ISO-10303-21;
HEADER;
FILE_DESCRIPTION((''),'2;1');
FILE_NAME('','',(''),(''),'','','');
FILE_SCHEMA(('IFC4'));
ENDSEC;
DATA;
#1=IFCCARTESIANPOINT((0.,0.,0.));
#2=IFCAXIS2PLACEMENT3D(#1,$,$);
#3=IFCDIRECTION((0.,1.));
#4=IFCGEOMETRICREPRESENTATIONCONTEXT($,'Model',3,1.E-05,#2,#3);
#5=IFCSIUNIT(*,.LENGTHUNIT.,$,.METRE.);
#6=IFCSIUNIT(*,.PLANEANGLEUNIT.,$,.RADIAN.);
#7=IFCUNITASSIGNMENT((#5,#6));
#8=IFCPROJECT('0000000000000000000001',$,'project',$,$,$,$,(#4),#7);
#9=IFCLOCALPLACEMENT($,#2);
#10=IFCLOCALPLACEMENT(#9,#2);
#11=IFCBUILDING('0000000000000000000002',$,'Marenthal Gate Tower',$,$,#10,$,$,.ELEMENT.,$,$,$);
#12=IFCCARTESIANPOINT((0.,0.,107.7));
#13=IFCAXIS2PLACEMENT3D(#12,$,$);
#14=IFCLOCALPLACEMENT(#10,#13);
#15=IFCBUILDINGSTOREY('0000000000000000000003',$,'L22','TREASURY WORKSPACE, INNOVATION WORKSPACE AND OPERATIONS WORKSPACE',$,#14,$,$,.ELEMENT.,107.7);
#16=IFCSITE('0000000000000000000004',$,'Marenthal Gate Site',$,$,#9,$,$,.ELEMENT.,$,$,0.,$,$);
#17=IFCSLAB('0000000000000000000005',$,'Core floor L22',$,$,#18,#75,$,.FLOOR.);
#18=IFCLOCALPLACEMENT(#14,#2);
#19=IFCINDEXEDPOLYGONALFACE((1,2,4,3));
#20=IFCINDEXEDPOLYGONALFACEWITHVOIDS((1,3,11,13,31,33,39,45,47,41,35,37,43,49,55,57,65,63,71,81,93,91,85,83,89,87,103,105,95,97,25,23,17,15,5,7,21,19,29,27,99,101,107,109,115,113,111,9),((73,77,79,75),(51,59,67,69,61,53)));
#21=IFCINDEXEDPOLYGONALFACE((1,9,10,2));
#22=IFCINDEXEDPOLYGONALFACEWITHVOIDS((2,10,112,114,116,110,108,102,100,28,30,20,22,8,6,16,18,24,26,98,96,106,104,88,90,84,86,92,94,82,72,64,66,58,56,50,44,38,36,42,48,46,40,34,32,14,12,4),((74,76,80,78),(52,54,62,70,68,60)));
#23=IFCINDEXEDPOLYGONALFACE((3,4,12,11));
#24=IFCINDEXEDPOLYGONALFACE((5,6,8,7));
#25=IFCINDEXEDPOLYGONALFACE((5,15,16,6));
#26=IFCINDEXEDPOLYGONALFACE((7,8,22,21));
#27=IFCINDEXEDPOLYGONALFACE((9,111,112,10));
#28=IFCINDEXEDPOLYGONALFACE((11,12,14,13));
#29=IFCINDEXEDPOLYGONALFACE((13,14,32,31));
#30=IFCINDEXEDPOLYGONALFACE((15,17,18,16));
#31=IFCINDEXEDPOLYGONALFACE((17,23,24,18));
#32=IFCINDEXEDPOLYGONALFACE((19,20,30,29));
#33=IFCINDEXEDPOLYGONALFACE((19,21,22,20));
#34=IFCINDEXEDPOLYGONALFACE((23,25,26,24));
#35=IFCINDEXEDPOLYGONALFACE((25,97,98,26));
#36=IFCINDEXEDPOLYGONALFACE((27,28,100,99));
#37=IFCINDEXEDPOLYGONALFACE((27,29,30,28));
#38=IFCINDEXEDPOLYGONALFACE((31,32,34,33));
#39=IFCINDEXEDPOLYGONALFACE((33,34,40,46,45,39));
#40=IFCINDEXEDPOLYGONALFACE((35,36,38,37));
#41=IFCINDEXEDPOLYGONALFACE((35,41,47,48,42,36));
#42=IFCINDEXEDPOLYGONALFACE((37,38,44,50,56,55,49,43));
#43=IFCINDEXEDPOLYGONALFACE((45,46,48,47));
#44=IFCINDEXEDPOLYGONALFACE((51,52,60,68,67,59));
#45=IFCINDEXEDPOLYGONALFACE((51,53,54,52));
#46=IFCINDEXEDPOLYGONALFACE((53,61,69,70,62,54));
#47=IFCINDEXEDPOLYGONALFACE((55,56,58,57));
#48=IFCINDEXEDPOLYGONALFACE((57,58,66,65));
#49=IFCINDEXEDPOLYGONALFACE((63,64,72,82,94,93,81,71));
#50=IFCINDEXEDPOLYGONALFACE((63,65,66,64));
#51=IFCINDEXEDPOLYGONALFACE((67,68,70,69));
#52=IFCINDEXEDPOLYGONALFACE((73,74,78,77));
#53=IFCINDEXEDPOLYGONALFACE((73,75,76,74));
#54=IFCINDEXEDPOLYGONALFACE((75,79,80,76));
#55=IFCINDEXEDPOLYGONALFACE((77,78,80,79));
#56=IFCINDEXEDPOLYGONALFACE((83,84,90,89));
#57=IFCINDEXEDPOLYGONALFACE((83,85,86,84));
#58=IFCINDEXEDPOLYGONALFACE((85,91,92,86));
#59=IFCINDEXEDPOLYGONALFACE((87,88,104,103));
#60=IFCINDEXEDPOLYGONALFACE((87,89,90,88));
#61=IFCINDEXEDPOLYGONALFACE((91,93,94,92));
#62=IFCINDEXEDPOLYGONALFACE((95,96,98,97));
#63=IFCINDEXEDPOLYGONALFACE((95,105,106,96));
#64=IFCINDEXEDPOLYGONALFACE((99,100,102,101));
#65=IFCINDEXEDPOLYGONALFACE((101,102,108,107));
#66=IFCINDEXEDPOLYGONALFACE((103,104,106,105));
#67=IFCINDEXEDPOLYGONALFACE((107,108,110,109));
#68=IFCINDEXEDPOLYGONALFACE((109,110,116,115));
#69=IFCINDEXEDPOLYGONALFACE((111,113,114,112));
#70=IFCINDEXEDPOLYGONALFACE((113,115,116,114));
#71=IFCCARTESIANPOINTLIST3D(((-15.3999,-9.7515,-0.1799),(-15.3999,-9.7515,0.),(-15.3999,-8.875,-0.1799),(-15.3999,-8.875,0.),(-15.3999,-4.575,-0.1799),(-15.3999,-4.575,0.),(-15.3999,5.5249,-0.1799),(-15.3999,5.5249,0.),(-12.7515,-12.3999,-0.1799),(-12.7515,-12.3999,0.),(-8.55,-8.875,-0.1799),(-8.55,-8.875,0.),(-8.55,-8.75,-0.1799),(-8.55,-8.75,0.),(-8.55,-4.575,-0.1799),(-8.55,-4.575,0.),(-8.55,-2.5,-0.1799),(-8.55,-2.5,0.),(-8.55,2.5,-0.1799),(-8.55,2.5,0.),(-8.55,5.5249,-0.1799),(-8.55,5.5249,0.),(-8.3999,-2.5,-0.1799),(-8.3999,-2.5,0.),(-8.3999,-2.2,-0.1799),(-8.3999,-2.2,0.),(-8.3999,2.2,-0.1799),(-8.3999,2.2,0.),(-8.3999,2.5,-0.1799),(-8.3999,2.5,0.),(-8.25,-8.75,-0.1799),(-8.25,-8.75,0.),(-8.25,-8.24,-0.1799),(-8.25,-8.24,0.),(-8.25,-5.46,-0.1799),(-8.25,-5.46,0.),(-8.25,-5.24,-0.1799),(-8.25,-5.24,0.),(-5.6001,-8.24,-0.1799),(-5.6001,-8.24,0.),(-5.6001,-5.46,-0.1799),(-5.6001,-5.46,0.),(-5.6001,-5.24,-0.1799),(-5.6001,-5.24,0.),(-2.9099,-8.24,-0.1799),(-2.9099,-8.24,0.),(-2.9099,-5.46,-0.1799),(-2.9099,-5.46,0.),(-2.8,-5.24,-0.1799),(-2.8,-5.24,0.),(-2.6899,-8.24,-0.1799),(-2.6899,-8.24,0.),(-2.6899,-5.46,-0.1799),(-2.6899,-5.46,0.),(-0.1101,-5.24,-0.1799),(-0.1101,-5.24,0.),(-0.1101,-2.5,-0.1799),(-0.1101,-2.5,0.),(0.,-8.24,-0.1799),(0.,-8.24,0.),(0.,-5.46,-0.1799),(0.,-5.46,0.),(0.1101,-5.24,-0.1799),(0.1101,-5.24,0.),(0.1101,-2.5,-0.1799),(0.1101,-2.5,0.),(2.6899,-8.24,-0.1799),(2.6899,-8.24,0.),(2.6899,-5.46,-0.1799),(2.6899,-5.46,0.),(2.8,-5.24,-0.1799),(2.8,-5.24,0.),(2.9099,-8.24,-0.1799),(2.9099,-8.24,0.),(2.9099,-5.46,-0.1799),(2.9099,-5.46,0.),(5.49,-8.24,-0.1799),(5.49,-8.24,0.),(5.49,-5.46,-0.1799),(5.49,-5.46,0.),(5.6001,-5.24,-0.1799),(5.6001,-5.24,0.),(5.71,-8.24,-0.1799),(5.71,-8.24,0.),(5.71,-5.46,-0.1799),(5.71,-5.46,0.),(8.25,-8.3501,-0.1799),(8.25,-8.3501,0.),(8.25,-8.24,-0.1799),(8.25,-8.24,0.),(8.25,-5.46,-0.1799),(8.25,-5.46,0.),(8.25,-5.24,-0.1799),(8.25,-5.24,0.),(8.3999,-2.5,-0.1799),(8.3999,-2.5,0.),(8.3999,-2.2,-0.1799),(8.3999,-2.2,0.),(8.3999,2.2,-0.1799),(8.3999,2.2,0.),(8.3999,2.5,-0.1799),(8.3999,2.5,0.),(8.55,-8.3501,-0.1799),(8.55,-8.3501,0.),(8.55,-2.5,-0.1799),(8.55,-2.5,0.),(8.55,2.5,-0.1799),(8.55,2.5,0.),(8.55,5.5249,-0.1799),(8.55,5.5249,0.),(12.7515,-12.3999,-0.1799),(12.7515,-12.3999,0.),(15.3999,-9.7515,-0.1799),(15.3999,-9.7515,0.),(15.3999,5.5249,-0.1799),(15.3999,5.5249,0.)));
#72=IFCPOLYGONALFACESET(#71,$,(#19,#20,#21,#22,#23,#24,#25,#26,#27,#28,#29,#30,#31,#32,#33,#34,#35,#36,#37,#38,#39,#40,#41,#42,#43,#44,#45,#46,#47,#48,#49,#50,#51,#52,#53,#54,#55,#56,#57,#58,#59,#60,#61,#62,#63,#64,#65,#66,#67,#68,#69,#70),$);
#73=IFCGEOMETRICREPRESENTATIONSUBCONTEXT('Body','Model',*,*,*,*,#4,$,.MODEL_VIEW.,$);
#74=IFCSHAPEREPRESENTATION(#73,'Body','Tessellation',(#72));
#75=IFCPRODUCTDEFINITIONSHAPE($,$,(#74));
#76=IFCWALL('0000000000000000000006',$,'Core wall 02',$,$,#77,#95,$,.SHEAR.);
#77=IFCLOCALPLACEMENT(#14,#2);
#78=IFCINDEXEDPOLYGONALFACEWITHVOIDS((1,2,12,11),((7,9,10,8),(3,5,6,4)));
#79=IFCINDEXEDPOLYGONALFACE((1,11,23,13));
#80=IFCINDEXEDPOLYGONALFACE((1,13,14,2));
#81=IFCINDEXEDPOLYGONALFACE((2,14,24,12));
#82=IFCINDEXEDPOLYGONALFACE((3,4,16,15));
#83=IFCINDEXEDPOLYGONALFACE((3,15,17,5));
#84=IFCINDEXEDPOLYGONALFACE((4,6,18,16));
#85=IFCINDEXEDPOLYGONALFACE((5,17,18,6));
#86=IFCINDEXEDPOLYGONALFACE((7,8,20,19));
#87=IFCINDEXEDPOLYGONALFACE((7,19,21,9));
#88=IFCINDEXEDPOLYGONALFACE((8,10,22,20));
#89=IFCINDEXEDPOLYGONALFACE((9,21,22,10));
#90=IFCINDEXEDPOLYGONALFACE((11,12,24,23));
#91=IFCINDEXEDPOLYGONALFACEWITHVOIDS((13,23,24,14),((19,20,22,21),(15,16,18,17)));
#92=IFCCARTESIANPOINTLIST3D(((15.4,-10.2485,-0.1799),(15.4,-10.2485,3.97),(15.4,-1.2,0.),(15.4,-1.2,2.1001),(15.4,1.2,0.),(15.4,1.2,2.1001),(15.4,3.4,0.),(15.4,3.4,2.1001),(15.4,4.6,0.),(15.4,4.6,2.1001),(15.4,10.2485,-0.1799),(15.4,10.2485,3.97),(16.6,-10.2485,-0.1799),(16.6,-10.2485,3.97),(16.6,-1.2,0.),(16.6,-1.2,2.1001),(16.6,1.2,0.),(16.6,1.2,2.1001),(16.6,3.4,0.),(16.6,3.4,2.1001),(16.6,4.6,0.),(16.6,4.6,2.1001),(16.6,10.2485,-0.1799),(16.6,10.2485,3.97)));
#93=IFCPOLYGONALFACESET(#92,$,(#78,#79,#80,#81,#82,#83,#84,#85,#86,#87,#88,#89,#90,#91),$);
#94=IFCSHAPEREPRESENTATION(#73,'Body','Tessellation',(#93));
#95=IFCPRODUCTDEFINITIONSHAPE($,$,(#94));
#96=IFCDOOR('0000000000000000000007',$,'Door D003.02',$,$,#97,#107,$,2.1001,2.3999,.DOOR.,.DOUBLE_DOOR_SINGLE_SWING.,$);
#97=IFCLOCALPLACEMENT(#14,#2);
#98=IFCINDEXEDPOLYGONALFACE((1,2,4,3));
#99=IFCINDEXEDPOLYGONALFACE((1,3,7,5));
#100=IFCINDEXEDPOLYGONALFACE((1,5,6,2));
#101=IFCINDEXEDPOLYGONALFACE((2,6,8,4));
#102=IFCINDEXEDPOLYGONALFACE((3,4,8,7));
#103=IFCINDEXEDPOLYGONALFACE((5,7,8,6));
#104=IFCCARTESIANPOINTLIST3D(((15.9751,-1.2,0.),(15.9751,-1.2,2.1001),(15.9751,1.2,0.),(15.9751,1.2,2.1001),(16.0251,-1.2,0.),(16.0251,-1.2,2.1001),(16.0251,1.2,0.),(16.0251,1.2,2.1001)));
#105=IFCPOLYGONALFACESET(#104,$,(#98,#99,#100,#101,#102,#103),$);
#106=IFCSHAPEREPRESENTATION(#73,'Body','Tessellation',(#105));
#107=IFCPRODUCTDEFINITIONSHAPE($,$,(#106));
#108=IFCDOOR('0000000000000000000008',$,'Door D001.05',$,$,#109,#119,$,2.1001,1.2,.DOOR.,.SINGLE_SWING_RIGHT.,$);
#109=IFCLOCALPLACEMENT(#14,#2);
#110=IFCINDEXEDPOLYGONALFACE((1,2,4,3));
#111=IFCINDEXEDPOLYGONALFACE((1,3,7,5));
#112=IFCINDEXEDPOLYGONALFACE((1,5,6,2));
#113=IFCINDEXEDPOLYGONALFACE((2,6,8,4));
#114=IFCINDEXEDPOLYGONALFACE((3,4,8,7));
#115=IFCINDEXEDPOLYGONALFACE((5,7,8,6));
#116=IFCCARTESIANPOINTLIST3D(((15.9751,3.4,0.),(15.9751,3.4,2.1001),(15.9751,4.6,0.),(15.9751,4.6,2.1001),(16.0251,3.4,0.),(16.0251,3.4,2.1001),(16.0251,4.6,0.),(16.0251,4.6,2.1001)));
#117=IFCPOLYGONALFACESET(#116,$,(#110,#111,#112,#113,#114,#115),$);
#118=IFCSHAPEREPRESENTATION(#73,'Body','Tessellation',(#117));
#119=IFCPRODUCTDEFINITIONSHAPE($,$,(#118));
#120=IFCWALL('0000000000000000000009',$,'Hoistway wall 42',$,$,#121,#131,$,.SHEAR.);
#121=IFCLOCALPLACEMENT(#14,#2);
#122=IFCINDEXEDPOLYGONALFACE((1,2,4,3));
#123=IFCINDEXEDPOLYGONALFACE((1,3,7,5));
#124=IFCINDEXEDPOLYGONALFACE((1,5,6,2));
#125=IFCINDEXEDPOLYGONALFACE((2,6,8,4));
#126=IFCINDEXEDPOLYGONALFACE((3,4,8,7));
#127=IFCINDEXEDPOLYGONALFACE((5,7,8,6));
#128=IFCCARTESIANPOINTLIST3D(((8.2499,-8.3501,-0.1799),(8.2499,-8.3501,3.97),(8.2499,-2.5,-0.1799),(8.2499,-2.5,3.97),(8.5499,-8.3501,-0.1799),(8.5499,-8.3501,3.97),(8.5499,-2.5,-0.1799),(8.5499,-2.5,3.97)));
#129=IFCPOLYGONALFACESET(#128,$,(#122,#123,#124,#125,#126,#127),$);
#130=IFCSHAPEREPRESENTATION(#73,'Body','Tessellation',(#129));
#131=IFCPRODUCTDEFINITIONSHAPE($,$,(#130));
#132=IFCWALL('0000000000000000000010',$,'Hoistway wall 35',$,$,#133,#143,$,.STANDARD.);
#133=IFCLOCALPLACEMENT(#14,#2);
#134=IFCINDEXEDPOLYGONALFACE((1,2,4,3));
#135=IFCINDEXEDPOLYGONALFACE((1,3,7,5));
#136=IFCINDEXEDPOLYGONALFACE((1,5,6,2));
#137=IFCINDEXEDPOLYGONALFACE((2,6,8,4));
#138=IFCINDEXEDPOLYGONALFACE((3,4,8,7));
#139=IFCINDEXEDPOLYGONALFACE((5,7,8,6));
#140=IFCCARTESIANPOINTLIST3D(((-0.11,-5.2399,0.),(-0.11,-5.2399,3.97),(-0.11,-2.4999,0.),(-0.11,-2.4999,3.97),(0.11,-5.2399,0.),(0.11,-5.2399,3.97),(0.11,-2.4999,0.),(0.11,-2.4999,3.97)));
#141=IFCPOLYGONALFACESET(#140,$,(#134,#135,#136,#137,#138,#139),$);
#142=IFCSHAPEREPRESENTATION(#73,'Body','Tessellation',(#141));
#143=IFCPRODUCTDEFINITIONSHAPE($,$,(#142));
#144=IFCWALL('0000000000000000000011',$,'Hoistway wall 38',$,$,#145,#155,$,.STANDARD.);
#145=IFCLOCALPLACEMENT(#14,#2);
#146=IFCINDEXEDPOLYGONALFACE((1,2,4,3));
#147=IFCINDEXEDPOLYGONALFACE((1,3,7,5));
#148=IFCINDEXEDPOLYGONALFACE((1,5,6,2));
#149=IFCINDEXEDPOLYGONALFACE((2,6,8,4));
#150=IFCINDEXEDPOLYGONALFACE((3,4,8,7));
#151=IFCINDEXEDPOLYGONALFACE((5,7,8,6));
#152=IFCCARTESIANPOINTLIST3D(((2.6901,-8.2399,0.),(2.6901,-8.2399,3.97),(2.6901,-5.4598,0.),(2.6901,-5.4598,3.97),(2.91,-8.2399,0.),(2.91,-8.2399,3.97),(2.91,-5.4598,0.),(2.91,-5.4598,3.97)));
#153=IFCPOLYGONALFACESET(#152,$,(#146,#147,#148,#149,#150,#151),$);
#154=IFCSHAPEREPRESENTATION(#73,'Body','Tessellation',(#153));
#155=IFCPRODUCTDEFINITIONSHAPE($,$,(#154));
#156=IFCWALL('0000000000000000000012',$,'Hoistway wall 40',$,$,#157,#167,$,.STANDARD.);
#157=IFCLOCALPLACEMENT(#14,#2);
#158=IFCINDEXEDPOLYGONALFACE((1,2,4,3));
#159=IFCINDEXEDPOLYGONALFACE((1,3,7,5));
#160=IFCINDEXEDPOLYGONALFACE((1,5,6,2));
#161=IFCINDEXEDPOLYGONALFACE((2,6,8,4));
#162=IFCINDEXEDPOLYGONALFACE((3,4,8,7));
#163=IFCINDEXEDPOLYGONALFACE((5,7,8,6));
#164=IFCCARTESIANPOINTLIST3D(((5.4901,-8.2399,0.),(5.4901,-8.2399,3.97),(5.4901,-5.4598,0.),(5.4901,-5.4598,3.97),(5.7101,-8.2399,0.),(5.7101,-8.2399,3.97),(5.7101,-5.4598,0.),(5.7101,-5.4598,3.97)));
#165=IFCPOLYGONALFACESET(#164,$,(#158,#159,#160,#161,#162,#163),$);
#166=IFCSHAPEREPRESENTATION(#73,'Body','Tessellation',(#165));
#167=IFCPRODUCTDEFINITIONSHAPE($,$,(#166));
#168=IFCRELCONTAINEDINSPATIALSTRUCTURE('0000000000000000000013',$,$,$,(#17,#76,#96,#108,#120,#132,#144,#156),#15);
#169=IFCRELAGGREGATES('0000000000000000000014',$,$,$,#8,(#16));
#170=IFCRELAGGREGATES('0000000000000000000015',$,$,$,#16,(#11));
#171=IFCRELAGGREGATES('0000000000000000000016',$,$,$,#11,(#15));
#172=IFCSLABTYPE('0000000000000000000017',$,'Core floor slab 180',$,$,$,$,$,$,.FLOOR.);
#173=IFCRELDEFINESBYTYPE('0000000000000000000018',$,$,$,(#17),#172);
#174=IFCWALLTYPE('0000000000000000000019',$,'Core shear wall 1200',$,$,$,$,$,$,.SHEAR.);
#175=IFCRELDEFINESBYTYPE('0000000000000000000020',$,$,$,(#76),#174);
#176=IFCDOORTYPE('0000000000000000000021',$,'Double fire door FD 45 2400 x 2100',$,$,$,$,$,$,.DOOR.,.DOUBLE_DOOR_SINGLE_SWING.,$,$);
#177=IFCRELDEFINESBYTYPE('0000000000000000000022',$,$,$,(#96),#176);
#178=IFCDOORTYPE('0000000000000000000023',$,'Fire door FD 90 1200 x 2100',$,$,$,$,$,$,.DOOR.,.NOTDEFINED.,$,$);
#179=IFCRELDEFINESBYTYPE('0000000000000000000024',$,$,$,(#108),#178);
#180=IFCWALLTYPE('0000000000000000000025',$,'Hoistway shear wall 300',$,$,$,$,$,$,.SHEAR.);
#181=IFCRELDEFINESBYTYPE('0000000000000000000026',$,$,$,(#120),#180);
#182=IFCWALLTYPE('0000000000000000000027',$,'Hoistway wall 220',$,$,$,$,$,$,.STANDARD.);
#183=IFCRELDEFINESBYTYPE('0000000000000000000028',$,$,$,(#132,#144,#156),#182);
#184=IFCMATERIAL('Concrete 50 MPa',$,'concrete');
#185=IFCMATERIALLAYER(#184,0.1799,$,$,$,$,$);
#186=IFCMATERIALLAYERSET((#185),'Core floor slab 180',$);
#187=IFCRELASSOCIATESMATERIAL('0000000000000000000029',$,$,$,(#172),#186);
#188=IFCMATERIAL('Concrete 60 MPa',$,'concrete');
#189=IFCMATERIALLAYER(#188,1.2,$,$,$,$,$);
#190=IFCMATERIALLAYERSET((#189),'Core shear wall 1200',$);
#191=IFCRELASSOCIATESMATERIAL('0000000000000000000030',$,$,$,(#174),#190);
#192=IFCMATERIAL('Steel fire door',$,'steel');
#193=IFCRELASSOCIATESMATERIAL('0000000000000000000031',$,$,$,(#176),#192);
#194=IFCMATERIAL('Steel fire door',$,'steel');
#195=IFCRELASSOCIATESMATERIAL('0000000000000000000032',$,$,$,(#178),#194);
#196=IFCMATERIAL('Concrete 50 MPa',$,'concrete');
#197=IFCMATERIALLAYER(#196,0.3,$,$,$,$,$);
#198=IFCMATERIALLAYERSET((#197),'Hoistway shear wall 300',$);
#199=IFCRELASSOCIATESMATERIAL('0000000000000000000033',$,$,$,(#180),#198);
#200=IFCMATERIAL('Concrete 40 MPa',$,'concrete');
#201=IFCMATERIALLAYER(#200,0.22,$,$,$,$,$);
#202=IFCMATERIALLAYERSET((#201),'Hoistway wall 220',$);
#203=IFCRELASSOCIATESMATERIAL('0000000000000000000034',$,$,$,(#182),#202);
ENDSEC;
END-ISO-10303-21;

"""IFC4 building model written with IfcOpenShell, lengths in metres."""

from ifc_helpers import new_model, si_unit, direction, frame, frame_2d, origin, place, context, subcontext, project, spatial, polyline, rectangle, outline, extrude, material, layer, layer_set, type_object, element, fill, save


model = new_model("IFC4")

# Units and contexts
model_context = context("Model", 3, precision=1e-05, world=origin(), true_north=direction((0.0, 1.0)))
body_context = subcontext(model_context, "Body", "Model", "MODEL_VIEW")
ifc_project = project(units=[si_unit("LENGTHUNIT", "METRE"), si_unit("PLANEANGLEUNIT", "RADIAN")], contexts=[model_context])

# Site, building, storey
site_placement = place(None, origin())
site = spatial("IfcSite", under=ifc_project, at=site_placement, Name="Marenthal Gate Site", CompositionType="ELEMENT", RefElevation=0.0)
building_placement = place(site_placement, origin())
building = spatial("IfcBuilding", under=site, at=building_placement, Name="Marenthal Gate Tower", CompositionType="ELEMENT")
storey_placement = place(building_placement, frame((0.0, 0.0, 107.7)))
storey = spatial("IfcBuildingStorey", under=building, at=storey_placement, Name="L22", Description="TREASURY WORKSPACE, INNOVATION WORKSPACE AND OPERATIONS WORKSPACE", CompositionType="ELEMENT", Elevation=107.7)

# Slab
ifc_material_1 = material(Name="Concrete 50 MPa", Category="concrete")
ifc_layer_1 = layer(ifc_material_1, 0.1799)
ifc_layer_set_1 = layer_set([ifc_layer_1], Name="Core floor slab 180")
slab_type_1 = type_object("IfcSlabType", Name="Core floor slab 180", PredefinedType="FLOOR", material=ifc_layer_set_1)
slab_1_placement = place(storey_placement, frame((0.0, 0.0, -0.1799)))
element("IfcSlab", 1, at=slab_1_placement, inside=storey, type_object=slab_type_1, Name="Core floor L22", PredefinedType="FLOOR", context=body_context, shape_type="SweptSolid", body=[
    extrude(outline(polyline([(15.3999, -9.7515), (12.7515, -12.3999), (-12.7515, -12.3999), (-15.3999, -9.7515), (-15.3999, -8.875), (-8.55, -8.875), (-8.55, -8.75), (-8.25, -8.75), (-8.25, -8.24), (-5.6001, -8.24), (-2.9099, -8.24), (-2.9099, -5.46), (-5.6001, -5.46), (-8.25, -5.46), (-8.25, -5.24), (-5.6001, -5.24), (-2.8, -5.24), (-0.1101, -5.24), (-0.1101, -2.5), (0.1101, -2.5), (0.1101, -5.24), (2.8, -5.24), (5.6001, -5.24), (8.25, -5.24), (8.25, -5.46), (5.71, -5.46), (5.71, -8.24), (8.25, -8.24), (8.25, -8.3501), (8.55, -8.3501), (8.55, -2.5), (8.3999, -2.5), (8.3999, -2.2), (-8.3999, -2.2), (-8.3999, -2.5), (-8.55, -2.5), (-8.55, -4.575), (-15.3999, -4.575), (-15.3999, 5.5249), (-8.55, 5.5249), (-8.55, 2.5), (-8.3999, 2.5), (-8.3999, 2.2), (8.3999, 2.2), (8.3999, 2.5), (8.55, 2.5), (8.55, 5.5249), (15.3999, 5.5249), (15.3999, -9.7515)]), holes=[polyline([(2.6899, -5.46), (0.0, -5.46), (-2.6899, -5.46), (-2.6899, -8.24), (0.0, -8.24), (2.6899, -8.24), (2.6899, -5.46)]), polyline([(5.49, -5.46), (2.9099, -5.46), (2.9099, -8.24), (5.49, -8.24), (5.49, -5.46)])]), origin(), (0.0, 0.0, 1.0), 0.1799),
])

# Wall, openings, doors
ifc_material_2 = material(Name="Concrete 60 MPa", Category="concrete")
ifc_layer_2 = layer(ifc_material_2, 1.2)
ifc_layer_set_2 = layer_set([ifc_layer_2], Name="Core shear wall 1200")
wall_type_1 = type_object("IfcWallType", Name="Core shear wall 1200", PredefinedType="SHEAR", material=ifc_layer_set_2)
wall_1_placement = place(storey_placement, frame((16.0, -10.2485, -0.1799), z_axis=(0.0, 0.0, 1.0), x_axis=(0.0, 1.0, 0.0)))
wall_1 = element("IfcWall", 2, at=wall_1_placement, inside=storey, type_object=wall_type_1, Name="Core wall 02", PredefinedType="SHEAR", context=body_context, shape_type="SweptSolid", body=[
    extrude(rectangle(XDim=20.4971, YDim=1.2, at=frame_2d((10.2485, 0.0))), origin(), (0.0, 0.0, 1.0), 4.1499),
])
opening_1_placement = place(wall_1_placement, frame((9.0486, 0.0, 0.1799)))
opening_1 = element("IfcOpeningElement", 3, at=opening_1_placement, cuts=wall_1, PredefinedType="OPENING", context=body_context, shape_type="SweptSolid", body=[
    extrude(rectangle(XDim=2.3999, YDim=2.1001, at=frame_2d((1.2, 1.05))), frame((0.0, 0.6099, 0.0), z_axis=(0.0, -1.0, 0.0), x_axis=(1.0, 0.0, 0.0)), (0.0, 0.0, 1.0), 1.22),
])
opening_2_placement = place(wall_1_placement, frame((13.6484, 0.0, 0.1799)))
opening_2 = element("IfcOpeningElement", 4, at=opening_2_placement, cuts=wall_1, PredefinedType="OPENING", context=body_context, shape_type="SweptSolid", body=[
    extrude(rectangle(XDim=1.2, YDim=2.1001, at=frame_2d((0.6001, 1.05))), frame((0.0, 0.6099, 0.0), z_axis=(0.0, -1.0, 0.0), x_axis=(1.0, 0.0, 0.0)), (0.0, 0.0, 1.0), 1.22),
])
ifc_material_3 = material(Name="Steel fire door", Category="steel")
door_type_1 = type_object("IfcDoorType", Name="Double fire door FD 45 2400 x 2100", OperationType="DOUBLE_DOOR_SINGLE_SWING", PredefinedType="DOOR", material=ifc_material_3)
door_1_placement = place(opening_1_placement, origin())
door_1 = element("IfcDoor", 5, at=door_1_placement, inside=storey, type_object=door_type_1, Name="Door D003.02", OperationType="DOUBLE_DOOR_SINGLE_SWING", OverallHeight=2.1001, OverallWidth=2.3999, PredefinedType="DOOR", context=body_context, shape_type="SweptSolid", body=[
    extrude(rectangle(XDim=2.3999, YDim=2.1001, at=frame_2d((1.2, 1.05))), frame((0.0, 0.0249, 0.0), z_axis=(0.0, -1.0, 0.0), x_axis=(1.0, 0.0, 0.0)), (0.0, 0.0, 1.0), 0.05),
])
fill(opening_1, door_1)
ifc_material_4 = material(Name="Steel fire door", Category="steel")
door_type_2 = type_object("IfcDoorType", Name="Fire door FD 90 1200 x 2100", OperationType="NOTDEFINED", PredefinedType="DOOR", material=ifc_material_4)
door_2_placement = place(opening_2_placement, origin())
door_2 = element("IfcDoor", 6, at=door_2_placement, inside=storey, type_object=door_type_2, Name="Door D001.05", OperationType="SINGLE_SWING_RIGHT", OverallHeight=2.1001, OverallWidth=1.2, PredefinedType="DOOR", context=body_context, shape_type="SweptSolid", body=[
    extrude(rectangle(XDim=1.2, YDim=2.1001, at=frame_2d((0.6001, 1.05))), frame((0.0, 0.0249, 0.0), z_axis=(0.0, -1.0, 0.0), x_axis=(1.0, 0.0, 0.0)), (0.0, 0.0, 1.0), 0.05),
])
fill(opening_2, door_2)

# Walls
ifc_material_5 = material(Name="Concrete 50 MPa", Category="concrete")
ifc_layer_3 = layer(ifc_material_5, 0.3)
ifc_layer_set_3 = layer_set([ifc_layer_3], Name="Hoistway shear wall 300")
wall_type_2 = type_object("IfcWallType", Name="Hoistway shear wall 300", PredefinedType="SHEAR", material=ifc_layer_set_3)
wall_2_placement = place(storey_placement, frame((8.3999, -8.3501, -0.1799), z_axis=(0.0, 0.0, 1.0), x_axis=(0.0, 1.0, 0.0)))
element("IfcWall", 7, at=wall_2_placement, inside=storey, type_object=wall_type_2, Name="Hoistway wall 42", PredefinedType="SHEAR", context=body_context, shape_type="SweptSolid", body=[
    extrude(rectangle(XDim=5.8501, YDim=0.3, at=frame_2d((2.925, 0.0))), origin(), (0.0, 0.0, 1.0), 4.1499),
])
ifc_material_6 = material(Name="Concrete 40 MPa", Category="concrete")
ifc_layer_4 = layer(ifc_material_6, 0.22)
ifc_layer_set_4 = layer_set([ifc_layer_4], Name="Hoistway wall 220")
wall_type_3 = type_object("IfcWallType", Name="Hoistway wall 220", PredefinedType="STANDARD", material=ifc_layer_set_4)
wall_3_placement = place(storey_placement, frame((0.0, -5.24, 0.0), z_axis=(0.0, 0.0, 1.0), x_axis=(0.0, 1.0, 0.0)))
element("IfcWall", 8, at=wall_3_placement, inside=storey, type_object=wall_type_3, Name="Hoistway wall 35", PredefinedType="STANDARD", context=body_context, shape_type="SweptSolid", body=[
    extrude(rectangle(XDim=2.74, YDim=0.22, at=frame_2d((1.3701, 0.0))), origin(), (0.0, 0.0, 1.0), 3.97),
])
for number, where, z_axis, x_axis, name in (
    (9, (2.8, -8.24, 0.0), (0.0, 0.0, 1.0), (0.0, 1.0, 0.0), "Hoistway wall 38"),
    (10, (5.6001, -8.24, 0.0), (0.0, 0.0, 1.0), (0.0, 1.0, 0.0), "Hoistway wall 40"),
):
    element("IfcWall", number, at=place(storey_placement, frame(where, z_axis=z_axis, x_axis=x_axis)), inside=storey, type_object=wall_type_3, Name=name, PredefinedType="STANDARD", context=body_context, shape_type="SweptSolid", body=[
        extrude(rectangle(XDim=2.78, YDim=0.22, at=frame_2d((1.3901, 0.0))), origin(), (0.0, 0.0, 1.0), 3.97),
    ])

save(model, "model.ifc")
